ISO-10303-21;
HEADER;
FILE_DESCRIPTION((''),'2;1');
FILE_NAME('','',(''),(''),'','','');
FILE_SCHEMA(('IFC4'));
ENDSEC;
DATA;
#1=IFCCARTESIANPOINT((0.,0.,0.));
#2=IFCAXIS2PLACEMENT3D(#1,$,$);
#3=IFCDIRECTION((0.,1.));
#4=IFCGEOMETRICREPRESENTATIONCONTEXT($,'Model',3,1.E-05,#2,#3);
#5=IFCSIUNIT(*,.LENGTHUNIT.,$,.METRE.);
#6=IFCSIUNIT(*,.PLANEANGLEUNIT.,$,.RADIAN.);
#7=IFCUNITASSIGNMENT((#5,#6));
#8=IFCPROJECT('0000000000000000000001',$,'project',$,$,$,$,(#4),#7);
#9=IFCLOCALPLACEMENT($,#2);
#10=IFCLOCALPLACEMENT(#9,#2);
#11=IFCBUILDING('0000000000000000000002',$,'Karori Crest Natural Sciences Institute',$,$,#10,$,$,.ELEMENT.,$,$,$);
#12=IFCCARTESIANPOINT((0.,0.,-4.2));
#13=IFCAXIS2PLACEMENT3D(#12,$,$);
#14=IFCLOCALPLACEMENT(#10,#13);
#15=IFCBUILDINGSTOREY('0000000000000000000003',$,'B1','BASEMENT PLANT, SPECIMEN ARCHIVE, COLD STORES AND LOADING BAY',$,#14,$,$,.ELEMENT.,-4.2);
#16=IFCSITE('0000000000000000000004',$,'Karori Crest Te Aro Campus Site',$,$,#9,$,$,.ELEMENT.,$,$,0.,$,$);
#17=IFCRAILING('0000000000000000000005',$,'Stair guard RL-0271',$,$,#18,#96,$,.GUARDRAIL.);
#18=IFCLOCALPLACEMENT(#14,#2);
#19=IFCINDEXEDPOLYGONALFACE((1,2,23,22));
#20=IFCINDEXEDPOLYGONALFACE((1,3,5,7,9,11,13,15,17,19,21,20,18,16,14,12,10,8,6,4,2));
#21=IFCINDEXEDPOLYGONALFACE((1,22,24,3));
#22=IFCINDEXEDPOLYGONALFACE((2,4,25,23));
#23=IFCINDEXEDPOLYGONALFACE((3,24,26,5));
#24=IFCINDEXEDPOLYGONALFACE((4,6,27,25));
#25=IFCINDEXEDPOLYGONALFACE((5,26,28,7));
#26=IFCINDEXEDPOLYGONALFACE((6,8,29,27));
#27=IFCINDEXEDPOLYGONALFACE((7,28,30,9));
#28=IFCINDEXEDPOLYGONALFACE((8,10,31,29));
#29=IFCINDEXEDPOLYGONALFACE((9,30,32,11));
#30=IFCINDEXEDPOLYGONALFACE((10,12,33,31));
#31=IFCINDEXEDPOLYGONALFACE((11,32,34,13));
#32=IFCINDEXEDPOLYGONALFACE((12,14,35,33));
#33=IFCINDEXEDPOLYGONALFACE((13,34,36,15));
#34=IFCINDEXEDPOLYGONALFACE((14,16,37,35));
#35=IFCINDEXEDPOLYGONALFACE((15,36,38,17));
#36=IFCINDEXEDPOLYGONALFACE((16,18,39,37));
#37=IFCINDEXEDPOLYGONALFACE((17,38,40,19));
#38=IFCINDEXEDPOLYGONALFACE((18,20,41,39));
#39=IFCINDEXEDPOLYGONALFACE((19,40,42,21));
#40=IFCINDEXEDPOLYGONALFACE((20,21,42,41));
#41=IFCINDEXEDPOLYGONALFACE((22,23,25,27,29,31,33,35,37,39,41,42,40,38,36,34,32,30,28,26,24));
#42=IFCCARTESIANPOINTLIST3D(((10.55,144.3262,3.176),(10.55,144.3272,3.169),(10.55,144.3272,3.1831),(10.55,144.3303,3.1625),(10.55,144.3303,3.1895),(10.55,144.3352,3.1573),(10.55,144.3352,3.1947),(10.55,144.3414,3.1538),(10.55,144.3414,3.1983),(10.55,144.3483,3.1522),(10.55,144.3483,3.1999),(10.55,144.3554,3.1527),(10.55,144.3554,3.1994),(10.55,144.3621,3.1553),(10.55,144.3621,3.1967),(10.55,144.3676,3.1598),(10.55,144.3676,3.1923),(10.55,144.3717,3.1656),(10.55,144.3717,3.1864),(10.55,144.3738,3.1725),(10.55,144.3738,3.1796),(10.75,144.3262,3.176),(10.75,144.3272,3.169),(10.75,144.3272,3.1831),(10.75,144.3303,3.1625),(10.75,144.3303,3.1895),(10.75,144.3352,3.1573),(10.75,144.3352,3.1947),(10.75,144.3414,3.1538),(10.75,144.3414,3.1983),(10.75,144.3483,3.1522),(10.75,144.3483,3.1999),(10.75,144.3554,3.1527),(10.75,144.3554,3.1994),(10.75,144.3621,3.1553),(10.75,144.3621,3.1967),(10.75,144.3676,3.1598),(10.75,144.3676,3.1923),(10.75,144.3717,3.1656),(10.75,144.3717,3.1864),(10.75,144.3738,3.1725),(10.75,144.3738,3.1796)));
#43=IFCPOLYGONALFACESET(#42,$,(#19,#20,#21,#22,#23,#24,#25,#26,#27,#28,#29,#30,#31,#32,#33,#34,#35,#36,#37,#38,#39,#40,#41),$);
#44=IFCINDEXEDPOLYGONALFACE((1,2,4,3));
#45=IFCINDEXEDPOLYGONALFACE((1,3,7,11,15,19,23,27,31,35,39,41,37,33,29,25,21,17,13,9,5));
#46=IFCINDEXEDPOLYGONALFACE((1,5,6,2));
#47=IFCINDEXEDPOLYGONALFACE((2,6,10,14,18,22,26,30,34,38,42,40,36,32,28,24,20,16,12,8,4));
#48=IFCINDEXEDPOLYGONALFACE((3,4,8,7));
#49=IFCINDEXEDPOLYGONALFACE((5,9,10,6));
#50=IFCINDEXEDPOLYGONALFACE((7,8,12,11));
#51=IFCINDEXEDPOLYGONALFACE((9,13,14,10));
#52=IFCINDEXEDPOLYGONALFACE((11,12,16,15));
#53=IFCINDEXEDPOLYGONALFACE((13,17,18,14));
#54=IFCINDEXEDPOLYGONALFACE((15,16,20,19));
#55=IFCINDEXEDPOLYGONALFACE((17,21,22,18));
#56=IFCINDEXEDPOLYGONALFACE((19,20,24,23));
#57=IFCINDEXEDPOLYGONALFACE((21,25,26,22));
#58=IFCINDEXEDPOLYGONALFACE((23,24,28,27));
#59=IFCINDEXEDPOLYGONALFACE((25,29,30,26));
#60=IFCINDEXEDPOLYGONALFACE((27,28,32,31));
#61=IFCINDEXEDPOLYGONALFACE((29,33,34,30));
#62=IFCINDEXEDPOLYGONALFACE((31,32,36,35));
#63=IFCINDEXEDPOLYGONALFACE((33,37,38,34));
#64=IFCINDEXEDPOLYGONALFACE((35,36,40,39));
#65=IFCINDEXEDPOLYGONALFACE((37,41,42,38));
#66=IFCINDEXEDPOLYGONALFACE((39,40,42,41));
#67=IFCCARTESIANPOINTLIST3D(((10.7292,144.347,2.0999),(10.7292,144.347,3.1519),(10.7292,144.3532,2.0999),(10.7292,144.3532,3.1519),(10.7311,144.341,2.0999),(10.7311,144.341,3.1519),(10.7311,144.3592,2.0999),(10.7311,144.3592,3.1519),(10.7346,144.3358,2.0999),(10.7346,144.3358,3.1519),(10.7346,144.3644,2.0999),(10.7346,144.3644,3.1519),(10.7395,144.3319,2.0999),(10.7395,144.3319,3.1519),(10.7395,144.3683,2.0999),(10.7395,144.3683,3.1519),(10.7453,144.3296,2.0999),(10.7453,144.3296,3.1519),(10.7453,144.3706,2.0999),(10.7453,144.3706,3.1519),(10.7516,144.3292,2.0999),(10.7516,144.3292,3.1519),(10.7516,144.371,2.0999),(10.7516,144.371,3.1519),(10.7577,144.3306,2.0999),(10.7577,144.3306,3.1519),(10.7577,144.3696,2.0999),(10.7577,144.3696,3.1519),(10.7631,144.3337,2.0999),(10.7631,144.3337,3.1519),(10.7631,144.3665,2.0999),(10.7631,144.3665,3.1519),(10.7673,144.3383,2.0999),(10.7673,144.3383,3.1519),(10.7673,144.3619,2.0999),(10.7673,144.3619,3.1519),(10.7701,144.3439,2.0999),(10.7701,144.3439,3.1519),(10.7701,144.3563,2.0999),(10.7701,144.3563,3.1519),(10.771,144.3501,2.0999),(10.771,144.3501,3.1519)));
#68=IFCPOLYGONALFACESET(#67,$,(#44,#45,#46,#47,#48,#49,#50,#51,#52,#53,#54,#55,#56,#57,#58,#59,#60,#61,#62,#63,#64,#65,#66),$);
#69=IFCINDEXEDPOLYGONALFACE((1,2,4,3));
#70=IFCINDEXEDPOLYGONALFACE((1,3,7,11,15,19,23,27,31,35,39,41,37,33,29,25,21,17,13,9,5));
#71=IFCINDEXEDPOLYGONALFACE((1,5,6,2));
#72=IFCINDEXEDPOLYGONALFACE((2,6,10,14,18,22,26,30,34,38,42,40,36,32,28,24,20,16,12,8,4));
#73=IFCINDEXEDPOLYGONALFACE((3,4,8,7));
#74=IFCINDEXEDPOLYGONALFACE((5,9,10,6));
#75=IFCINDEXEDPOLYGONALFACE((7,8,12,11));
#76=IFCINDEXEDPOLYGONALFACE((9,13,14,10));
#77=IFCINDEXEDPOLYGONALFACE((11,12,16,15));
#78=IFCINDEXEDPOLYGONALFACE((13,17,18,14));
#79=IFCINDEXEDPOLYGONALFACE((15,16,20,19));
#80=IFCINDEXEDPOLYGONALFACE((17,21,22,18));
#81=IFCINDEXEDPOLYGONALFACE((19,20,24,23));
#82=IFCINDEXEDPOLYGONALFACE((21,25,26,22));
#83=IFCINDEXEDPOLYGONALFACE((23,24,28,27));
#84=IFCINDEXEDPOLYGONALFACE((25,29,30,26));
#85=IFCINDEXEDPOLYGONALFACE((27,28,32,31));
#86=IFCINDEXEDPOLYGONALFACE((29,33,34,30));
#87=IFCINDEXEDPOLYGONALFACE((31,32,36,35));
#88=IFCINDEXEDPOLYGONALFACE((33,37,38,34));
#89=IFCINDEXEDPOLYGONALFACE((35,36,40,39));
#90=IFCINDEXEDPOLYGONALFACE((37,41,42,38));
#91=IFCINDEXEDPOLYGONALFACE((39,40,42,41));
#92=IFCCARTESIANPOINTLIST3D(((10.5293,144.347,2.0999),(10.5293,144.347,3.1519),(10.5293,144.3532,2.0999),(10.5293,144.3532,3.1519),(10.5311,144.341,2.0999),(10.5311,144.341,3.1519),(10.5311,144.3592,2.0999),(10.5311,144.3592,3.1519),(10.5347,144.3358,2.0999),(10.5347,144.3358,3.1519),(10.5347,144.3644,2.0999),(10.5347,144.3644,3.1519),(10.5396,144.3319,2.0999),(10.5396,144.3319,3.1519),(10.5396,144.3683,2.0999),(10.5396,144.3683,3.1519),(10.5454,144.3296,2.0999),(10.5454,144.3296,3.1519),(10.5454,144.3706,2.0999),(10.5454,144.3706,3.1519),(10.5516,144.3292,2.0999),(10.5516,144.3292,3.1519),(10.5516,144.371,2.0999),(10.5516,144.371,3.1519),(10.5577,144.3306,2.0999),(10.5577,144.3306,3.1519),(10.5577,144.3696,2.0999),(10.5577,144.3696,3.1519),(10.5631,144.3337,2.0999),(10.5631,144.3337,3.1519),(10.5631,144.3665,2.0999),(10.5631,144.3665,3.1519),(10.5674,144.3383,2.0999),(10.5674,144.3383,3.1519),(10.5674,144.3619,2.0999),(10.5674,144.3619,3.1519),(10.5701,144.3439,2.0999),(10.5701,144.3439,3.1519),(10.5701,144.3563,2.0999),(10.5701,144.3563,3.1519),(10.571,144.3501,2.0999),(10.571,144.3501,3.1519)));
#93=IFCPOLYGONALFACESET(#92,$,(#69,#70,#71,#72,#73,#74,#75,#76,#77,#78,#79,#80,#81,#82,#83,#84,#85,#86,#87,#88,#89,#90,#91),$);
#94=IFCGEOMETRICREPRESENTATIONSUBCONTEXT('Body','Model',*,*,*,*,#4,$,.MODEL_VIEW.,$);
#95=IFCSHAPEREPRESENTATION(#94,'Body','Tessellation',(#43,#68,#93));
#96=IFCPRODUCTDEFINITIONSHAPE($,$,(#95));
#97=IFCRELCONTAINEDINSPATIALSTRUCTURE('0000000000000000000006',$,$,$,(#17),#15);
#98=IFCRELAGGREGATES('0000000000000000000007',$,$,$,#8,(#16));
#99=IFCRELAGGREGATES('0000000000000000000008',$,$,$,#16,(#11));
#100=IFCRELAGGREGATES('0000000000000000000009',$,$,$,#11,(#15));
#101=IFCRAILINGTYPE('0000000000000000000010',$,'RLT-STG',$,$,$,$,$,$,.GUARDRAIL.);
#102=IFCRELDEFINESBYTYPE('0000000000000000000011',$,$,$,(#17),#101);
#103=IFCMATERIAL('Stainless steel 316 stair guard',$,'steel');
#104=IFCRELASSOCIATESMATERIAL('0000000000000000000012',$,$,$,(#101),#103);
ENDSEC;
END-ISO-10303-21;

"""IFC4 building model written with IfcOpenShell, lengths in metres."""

from ifc_helpers import new_model, si_unit, direction, frame, origin, origin_2d, place, context, subcontext, project, spatial, circle, extrude, material, type_object, element, save


model = new_model("IFC4")

# Units and contexts
model_context = context("Model", 3, precision=1e-05, world=origin(), true_north=direction((0.0, 1.0)))
body_context = subcontext(model_context, "Body", "Model", "MODEL_VIEW")
ifc_project = project(units=[si_unit("LENGTHUNIT", "METRE"), si_unit("PLANEANGLEUNIT", "RADIAN")], contexts=[model_context])

# Site, building, storey
site_placement = place(None, origin())
site = spatial("IfcSite", under=ifc_project, at=site_placement, Name="Karori Crest Te Aro Campus Site", CompositionType="ELEMENT", RefElevation=0.0)
building_placement = place(site_placement, origin())
building = spatial("IfcBuilding", under=site, at=building_placement, Name="Karori Crest Natural Sciences Institute", CompositionType="ELEMENT")
storey_placement = place(building_placement, frame((0.0, 0.0, -4.2)))
storey = spatial("IfcBuildingStorey", under=building, at=storey_placement, Name="B1", Description="BASEMENT PLANT, SPECIMEN ARCHIVE, COLD STORES AND LOADING BAY", CompositionType="ELEMENT", Elevation=-4.2)

# Railing
ifc_material_1 = material(Name="Stainless steel 316 stair guard", Category="steel")
railing_type_1 = type_object("IfcRailingType", Name="RLT-STG", PredefinedType="GUARDRAIL", material=ifc_material_1)
railing_1_placement = place(storey_placement, frame((10.75, 144.3501, 2.0999)))
element("IfcRailing", 1, at=railing_1_placement, inside=storey, type_object=railing_type_1, Name="Stair guard RL-0271", PredefinedType="GUARDRAIL", context=body_context, shape_type="SweptSolid", body=[
    extrude(circle(Radius=0.0239, at=origin_2d()), frame((0.0, 0.0, 1.0762), z_axis=(-1.0, 0.0, 0.0), x_axis=(0.0, -1.0, 0.0)), (0.0, 0.0, 1.0), 0.2),
    extrude(circle(Radius=0.021, at=origin_2d()), origin(), (0.0, 0.0, 1.0), 1.052),
    extrude(circle(Radius=0.021, at=origin_2d()), frame((-0.2, 0.0, 0.0)), (0.0, 0.0, 1.0), 1.052),
])

save(model, "model.ifc")
